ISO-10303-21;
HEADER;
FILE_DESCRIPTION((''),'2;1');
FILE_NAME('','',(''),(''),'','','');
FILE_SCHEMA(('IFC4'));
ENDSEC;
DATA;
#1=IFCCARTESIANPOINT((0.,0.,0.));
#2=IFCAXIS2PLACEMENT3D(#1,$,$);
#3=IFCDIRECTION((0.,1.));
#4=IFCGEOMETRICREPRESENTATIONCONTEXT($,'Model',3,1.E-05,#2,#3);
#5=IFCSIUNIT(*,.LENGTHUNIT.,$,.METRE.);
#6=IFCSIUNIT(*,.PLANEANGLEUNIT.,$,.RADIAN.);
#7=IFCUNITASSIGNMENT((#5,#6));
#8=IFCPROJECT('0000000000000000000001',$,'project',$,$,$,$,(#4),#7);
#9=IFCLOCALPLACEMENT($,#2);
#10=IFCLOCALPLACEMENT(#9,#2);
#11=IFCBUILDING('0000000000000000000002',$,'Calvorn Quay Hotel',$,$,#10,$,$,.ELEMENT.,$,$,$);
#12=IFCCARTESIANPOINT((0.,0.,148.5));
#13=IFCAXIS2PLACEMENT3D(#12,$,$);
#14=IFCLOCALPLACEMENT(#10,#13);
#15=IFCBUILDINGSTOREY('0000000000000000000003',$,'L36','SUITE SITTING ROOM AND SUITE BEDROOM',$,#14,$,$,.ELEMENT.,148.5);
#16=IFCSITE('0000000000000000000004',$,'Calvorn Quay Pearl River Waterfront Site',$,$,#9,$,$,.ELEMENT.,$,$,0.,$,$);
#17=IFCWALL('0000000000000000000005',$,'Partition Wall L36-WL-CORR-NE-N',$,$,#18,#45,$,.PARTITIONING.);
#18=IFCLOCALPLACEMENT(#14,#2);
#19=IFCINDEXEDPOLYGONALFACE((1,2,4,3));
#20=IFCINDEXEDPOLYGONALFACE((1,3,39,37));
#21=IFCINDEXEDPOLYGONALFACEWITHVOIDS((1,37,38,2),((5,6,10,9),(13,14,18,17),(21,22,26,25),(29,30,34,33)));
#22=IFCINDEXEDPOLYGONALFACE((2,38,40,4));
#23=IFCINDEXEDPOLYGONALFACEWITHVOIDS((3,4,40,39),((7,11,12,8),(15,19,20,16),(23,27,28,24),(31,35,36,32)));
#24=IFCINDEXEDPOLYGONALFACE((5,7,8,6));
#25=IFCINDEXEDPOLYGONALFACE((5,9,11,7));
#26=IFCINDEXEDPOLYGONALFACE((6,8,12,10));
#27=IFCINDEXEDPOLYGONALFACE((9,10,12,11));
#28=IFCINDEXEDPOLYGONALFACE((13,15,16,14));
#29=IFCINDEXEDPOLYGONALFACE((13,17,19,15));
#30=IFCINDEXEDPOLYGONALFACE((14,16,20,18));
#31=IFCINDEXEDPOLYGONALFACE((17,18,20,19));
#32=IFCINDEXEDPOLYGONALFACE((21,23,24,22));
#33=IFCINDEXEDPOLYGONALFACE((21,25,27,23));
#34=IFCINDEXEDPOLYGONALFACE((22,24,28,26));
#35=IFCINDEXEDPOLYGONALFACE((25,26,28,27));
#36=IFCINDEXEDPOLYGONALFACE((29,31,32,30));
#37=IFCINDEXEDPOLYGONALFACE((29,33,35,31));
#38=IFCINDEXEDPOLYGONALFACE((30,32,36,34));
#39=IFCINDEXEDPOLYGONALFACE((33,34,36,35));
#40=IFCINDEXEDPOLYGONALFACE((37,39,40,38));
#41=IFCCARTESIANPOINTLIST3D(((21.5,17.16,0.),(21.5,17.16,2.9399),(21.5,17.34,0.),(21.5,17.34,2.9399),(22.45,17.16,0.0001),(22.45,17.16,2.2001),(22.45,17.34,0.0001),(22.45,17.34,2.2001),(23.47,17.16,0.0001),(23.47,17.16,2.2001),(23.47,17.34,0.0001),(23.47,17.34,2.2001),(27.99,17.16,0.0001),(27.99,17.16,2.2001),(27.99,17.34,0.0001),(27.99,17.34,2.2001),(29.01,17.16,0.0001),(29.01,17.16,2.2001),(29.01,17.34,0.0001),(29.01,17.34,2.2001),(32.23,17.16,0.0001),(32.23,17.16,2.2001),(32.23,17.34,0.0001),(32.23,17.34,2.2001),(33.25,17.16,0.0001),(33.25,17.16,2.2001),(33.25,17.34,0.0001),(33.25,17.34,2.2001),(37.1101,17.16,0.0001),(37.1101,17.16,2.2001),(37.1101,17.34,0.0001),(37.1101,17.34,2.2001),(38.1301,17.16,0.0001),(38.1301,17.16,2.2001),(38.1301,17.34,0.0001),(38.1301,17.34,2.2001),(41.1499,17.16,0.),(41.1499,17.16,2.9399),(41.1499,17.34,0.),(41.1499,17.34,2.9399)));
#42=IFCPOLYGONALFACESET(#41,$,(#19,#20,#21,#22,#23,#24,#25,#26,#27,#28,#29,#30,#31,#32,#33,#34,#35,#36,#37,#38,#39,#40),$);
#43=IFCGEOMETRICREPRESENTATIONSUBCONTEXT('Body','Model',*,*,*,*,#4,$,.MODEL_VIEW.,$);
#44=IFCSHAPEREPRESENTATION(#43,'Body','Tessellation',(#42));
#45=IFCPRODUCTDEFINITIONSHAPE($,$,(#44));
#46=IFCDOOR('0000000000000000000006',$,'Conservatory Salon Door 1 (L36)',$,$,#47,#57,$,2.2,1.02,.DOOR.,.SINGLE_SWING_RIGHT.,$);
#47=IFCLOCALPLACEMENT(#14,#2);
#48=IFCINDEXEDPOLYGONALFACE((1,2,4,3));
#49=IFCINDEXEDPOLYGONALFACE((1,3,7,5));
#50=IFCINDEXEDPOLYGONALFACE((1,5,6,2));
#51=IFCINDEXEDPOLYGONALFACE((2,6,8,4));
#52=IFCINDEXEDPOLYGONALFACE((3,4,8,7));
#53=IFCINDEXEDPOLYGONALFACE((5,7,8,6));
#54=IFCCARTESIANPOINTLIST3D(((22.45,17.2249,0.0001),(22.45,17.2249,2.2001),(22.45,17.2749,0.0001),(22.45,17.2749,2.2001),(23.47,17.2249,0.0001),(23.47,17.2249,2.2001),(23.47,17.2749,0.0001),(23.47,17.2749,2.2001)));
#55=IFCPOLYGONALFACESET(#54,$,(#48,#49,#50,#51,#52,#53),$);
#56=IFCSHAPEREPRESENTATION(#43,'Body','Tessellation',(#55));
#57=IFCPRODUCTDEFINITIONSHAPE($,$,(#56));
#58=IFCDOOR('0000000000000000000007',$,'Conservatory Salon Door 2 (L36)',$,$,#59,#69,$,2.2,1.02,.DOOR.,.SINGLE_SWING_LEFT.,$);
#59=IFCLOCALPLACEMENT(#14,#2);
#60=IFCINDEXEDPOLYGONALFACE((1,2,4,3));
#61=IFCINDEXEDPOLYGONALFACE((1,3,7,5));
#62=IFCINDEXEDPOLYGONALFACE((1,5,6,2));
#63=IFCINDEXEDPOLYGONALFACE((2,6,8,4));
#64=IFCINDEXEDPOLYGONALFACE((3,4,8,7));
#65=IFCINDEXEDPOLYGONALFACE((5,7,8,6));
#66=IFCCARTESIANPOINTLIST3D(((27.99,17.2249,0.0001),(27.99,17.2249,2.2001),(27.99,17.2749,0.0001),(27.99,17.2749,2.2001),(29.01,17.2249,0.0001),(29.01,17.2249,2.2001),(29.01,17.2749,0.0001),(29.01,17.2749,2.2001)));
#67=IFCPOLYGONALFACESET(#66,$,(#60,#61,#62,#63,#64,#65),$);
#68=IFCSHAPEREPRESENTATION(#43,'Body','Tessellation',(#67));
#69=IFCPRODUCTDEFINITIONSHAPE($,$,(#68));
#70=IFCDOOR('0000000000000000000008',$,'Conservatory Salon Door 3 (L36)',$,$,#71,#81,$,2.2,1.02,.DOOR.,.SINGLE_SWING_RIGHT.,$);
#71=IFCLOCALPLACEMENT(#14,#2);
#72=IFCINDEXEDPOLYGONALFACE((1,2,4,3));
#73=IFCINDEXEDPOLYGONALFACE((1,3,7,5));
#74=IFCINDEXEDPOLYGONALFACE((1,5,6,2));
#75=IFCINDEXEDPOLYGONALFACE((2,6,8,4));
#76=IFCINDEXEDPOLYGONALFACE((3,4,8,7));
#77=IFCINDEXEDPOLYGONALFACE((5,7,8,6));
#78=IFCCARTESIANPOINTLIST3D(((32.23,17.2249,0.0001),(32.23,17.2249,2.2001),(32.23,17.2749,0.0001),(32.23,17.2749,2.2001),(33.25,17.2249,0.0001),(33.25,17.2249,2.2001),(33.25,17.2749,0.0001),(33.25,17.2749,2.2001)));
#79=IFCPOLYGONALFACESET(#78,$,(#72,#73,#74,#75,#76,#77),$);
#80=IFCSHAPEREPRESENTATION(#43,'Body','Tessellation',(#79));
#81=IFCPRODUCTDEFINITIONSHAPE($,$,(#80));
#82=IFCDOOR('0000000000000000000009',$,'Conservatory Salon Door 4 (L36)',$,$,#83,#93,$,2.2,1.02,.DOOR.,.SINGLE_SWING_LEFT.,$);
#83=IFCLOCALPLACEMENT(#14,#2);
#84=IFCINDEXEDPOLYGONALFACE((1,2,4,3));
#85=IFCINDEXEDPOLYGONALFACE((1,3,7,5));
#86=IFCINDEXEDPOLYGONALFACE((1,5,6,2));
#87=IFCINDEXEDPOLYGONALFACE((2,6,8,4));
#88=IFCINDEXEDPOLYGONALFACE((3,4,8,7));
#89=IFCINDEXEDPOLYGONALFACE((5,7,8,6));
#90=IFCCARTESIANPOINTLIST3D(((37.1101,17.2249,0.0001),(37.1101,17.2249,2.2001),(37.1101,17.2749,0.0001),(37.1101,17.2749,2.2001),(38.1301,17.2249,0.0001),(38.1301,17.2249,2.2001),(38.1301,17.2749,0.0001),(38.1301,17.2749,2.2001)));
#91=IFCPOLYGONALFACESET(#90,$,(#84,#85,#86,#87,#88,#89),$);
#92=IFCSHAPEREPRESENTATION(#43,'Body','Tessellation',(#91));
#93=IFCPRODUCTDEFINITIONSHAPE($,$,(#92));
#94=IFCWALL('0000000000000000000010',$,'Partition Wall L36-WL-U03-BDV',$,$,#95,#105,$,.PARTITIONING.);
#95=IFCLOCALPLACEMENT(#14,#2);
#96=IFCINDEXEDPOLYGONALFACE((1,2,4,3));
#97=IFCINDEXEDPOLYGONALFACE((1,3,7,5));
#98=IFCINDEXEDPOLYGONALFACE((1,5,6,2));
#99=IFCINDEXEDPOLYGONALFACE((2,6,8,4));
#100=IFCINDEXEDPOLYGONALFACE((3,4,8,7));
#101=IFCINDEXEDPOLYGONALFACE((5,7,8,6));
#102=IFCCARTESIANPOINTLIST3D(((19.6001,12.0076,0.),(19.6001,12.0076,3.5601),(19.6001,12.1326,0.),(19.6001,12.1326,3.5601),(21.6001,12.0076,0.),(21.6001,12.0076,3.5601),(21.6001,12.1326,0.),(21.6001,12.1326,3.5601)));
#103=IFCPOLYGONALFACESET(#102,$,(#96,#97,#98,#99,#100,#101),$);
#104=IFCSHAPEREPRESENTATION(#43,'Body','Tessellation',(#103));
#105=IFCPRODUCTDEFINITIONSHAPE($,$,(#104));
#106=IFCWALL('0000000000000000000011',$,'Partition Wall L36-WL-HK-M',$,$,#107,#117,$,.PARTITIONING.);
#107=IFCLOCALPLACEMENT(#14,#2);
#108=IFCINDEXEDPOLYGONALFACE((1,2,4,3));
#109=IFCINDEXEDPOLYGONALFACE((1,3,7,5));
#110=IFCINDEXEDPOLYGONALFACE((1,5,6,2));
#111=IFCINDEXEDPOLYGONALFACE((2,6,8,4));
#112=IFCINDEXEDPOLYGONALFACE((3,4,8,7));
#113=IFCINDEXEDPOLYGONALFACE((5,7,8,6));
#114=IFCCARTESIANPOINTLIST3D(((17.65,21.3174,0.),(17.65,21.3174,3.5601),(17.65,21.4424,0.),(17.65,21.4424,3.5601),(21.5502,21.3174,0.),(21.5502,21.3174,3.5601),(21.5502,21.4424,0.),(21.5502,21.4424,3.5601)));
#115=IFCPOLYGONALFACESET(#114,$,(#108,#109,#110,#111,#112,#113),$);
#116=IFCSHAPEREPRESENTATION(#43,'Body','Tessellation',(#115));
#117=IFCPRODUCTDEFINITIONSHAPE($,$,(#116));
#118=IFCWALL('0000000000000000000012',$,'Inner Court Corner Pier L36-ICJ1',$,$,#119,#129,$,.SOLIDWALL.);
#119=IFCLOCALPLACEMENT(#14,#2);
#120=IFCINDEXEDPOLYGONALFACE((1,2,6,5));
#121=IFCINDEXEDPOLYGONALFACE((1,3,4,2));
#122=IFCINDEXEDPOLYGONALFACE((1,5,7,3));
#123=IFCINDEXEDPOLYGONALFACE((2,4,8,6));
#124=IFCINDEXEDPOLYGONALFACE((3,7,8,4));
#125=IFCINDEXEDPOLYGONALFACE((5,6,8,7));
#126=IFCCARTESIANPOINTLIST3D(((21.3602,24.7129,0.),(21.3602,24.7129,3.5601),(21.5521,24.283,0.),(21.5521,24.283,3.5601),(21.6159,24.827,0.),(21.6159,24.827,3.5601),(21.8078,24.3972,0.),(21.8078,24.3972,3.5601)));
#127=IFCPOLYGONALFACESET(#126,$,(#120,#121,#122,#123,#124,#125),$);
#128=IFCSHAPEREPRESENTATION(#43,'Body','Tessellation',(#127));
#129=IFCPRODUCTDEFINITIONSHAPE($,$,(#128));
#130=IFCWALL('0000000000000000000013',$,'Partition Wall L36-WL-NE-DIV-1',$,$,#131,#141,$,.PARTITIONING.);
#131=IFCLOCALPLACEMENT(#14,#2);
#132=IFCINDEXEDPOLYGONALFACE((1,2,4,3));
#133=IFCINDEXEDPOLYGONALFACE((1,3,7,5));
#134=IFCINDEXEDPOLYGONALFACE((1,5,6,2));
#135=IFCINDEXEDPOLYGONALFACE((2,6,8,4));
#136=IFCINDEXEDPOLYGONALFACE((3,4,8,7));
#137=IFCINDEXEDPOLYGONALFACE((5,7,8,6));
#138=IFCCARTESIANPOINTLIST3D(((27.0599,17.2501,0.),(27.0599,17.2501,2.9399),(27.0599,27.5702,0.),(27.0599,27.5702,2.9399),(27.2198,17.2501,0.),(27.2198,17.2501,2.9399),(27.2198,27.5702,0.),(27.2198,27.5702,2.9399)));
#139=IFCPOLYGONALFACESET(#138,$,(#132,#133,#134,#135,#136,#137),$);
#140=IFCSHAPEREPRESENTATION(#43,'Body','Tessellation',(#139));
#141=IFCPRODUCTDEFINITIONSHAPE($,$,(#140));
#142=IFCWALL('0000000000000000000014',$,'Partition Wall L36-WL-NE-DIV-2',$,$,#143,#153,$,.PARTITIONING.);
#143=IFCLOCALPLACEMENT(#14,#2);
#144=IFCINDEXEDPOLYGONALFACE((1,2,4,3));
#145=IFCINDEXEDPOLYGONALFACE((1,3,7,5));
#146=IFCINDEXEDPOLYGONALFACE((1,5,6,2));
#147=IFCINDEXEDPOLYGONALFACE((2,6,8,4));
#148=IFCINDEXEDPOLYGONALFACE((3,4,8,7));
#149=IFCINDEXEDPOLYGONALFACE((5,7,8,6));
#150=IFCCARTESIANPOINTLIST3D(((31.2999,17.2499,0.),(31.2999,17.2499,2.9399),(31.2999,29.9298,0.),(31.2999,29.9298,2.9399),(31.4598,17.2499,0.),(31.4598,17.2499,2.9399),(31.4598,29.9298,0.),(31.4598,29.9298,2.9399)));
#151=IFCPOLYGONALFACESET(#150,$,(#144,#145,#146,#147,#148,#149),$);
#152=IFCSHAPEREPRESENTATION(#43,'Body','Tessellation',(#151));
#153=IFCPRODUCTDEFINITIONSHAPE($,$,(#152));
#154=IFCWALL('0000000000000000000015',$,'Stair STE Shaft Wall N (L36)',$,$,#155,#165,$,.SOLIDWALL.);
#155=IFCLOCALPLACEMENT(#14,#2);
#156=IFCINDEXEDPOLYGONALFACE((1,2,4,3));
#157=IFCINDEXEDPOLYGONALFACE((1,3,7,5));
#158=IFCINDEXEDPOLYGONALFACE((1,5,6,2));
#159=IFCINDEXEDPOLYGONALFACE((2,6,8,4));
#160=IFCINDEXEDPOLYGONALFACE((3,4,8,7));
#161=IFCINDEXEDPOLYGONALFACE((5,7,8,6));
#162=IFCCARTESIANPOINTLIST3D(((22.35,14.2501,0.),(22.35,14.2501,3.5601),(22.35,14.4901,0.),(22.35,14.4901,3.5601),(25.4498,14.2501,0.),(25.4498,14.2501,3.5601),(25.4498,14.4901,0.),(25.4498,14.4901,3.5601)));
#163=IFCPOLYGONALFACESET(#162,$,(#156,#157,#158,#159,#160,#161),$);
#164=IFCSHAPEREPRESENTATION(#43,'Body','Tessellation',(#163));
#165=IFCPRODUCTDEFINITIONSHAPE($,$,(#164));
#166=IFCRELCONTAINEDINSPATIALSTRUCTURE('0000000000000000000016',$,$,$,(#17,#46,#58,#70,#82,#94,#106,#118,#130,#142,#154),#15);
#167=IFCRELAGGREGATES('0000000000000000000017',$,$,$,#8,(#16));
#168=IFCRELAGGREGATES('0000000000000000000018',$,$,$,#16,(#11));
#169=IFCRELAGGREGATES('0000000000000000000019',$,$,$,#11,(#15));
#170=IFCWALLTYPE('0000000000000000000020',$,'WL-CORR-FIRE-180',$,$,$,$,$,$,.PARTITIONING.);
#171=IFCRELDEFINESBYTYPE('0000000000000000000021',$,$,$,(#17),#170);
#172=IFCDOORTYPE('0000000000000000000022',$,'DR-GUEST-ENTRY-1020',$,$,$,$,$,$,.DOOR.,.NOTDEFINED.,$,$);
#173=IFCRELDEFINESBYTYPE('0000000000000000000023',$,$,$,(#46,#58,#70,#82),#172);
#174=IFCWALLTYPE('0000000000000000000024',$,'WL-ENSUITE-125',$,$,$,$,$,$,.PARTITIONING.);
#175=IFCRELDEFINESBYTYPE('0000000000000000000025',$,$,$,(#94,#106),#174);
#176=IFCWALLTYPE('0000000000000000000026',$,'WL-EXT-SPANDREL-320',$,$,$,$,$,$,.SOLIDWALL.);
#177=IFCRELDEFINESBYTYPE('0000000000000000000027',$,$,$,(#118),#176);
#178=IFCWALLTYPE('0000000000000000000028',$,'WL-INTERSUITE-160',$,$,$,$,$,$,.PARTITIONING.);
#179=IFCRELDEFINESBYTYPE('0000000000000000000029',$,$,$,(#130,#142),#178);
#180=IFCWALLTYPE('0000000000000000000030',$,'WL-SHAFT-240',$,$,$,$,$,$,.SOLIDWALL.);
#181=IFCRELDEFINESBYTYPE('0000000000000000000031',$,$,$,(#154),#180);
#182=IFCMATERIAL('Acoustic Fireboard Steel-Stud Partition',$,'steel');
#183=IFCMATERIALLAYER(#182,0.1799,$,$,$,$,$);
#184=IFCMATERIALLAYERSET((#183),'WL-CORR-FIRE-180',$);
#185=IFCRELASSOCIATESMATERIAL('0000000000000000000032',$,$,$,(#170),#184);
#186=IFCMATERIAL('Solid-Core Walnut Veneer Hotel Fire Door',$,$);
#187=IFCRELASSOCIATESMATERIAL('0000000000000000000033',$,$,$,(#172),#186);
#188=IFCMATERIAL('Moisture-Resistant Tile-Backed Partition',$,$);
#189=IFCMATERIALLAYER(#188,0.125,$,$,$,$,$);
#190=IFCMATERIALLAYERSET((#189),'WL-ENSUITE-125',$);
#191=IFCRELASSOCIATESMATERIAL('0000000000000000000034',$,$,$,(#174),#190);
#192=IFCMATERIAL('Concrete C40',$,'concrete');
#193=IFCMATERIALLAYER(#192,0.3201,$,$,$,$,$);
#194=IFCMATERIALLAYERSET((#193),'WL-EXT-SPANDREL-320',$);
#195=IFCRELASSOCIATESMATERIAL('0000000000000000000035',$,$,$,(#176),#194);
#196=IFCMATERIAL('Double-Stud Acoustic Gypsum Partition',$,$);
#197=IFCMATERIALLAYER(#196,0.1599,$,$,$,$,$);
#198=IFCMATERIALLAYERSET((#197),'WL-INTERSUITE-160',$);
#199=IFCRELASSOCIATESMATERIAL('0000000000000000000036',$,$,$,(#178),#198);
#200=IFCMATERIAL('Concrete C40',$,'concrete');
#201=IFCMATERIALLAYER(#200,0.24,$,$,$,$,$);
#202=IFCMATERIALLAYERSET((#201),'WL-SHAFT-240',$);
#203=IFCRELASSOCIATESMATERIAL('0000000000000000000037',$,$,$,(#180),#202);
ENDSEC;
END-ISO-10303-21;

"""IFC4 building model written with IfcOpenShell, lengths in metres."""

from ifc_helpers import new_model, si_unit, direction, frame, frame_2d, origin, place, context, subcontext, project, spatial, rectangle, extrude, material, layer, layer_set, type_object, element, fill, save


model = new_model("IFC4")

# Units and contexts
model_context = context("Model", 3, precision=1e-05, world=origin(), true_north=direction((0.0, 1.0)))
body_context = subcontext(model_context, "Body", "Model", "MODEL_VIEW")
ifc_project = project(units=[si_unit("LENGTHUNIT", "METRE"), si_unit("PLANEANGLEUNIT", "RADIAN")], contexts=[model_context])

# Site, building, storey
site_placement = place(None, origin())
site = spatial("IfcSite", under=ifc_project, at=site_placement, Name="Calvorn Quay Pearl River Waterfront Site", CompositionType="ELEMENT", RefElevation=0.0)
building_placement = place(site_placement, origin())
building = spatial("IfcBuilding", under=site, at=building_placement, Name="Calvorn Quay Hotel", CompositionType="ELEMENT")
storey_placement = place(building_placement, frame((0.0, 0.0, 148.5)))
storey = spatial("IfcBuildingStorey", under=building, at=storey_placement, Name="L36", Description="SUITE SITTING ROOM AND SUITE BEDROOM", CompositionType="ELEMENT", Elevation=148.5)

# Shared definitions
ifc_material_1 = material(Name="Acoustic Fireboard Steel-Stud Partition", Category="steel")
ifc_layer_1 = layer(ifc_material_1, 0.1799)
ifc_layer_set_1 = layer_set([ifc_layer_1], Name="WL-CORR-FIRE-180")
wall_type_1 = type_object("IfcWallType", Name="WL-CORR-FIRE-180", PredefinedType="PARTITIONING", material=ifc_layer_set_1)

# Wall, openings, doors
wall_1_placement = place(storey_placement, frame((21.5, 17.25, 0.0), z_axis=(0.0, 0.0, 1.0), x_axis=(1.0, 0.0, 0.0)))
wall_1 = element("IfcWall", 1, at=wall_1_placement, inside=storey, type_object=wall_type_1, Name="Partition Wall L36-WL-CORR-NE-N", PredefinedType="PARTITIONING", context=body_context, shape_type="SweptSolid", body=[
    extrude(rectangle(XDim=19.6499, YDim=0.1799, at=frame_2d((9.825, 0.0))), origin(), (0.0, 0.0, 1.0), 2.9399),
])
opening_1_placement = place(wall_1_placement, frame((0.95, 0.0, 0.0)))
opening_1 = element("IfcOpeningElement", 2, at=opening_1_placement, cuts=wall_1, PredefinedType="OPENING", context=body_context, shape_type="SweptSolid", body=[
    extrude(rectangle(XDim=1.02, YDim=2.2, at=frame_2d((0.51, 1.1001))), frame((0.0, 0.0999, 0.0), z_axis=(0.0, -1.0, 0.0), x_axis=(1.0, 0.0, 0.0)), (0.0, 0.0, 1.0), 0.2),
])
opening_2_placement = place(wall_1_placement, frame((6.49, 0.0, 0.0)))
opening_2 = element("IfcOpeningElement", 3, at=opening_2_placement, cuts=wall_1, PredefinedType="OPENING", context=body_context, shape_type="SweptSolid", body=[
    extrude(rectangle(XDim=1.02, YDim=2.2, at=frame_2d((0.51, 1.1001))), frame((0.0, 0.0999, 0.0), z_axis=(0.0, -1.0, 0.0), x_axis=(1.0, 0.0, 0.0)), (0.0, 0.0, 1.0), 0.2),
])
opening_3_placement = place(wall_1_placement, frame((10.73, 0.0, 0.0)))
opening_3 = element("IfcOpeningElement", 4, at=opening_3_placement, cuts=wall_1, PredefinedType="OPENING", context=body_context, shape_type="SweptSolid", body=[
    extrude(rectangle(XDim=1.02, YDim=2.2, at=frame_2d((0.51, 1.1001))), frame((0.0, 0.0999, 0.0), z_axis=(0.0, -1.0, 0.0), x_axis=(1.0, 0.0, 0.0)), (0.0, 0.0, 1.0), 0.2),
])
opening_4_placement = place(wall_1_placement, frame((15.6101, 0.0, 0.0)))
opening_4 = element("IfcOpeningElement", 5, at=opening_4_placement, cuts=wall_1, PredefinedType="OPENING", context=body_context, shape_type="SweptSolid", body=[
    extrude(rectangle(XDim=1.02, YDim=2.2, at=frame_2d((0.51, 1.1001))), frame((0.0, 0.0999, 0.0), z_axis=(0.0, -1.0, 0.0), x_axis=(1.0, 0.0, 0.0)), (0.0, 0.0, 1.0), 0.2),
])
ifc_material_2 = material(Name="Solid-Core Walnut Veneer Hotel Fire Door")
door_type_1 = type_object("IfcDoorType", Name="DR-GUEST-ENTRY-1020", OperationType="NOTDEFINED", PredefinedType="DOOR", material=ifc_material_2)
door_1_placement = place(opening_1_placement, origin())
door_1 = element("IfcDoor", 6, at=door_1_placement, inside=storey, type_object=door_type_1, Name="Conservatory Salon Door 1 (L36)", OperationType="SINGLE_SWING_RIGHT", OverallHeight=2.2, OverallWidth=1.02, PredefinedType="DOOR", context=body_context, shape_type="SweptSolid", body=[
    extrude(rectangle(XDim=1.02, YDim=2.2, at=frame_2d((0.51, 1.1001))), frame((0.0, 0.0249, 0.0), z_axis=(0.0, -1.0, 0.0), x_axis=(1.0, 0.0, 0.0)), (0.0, 0.0, 1.0), 0.05),
])
fill(opening_1, door_1)
door_2_placement = place(opening_2_placement, origin())
door_2 = element("IfcDoor", 7, at=door_2_placement, inside=storey, type_object=door_type_1, Name="Conservatory Salon Door 2 (L36)", OperationType="SINGLE_SWING_LEFT", OverallHeight=2.2, OverallWidth=1.02, PredefinedType="DOOR", context=body_context, shape_type="SweptSolid", body=[
    extrude(rectangle(XDim=1.02, YDim=2.2, at=frame_2d((0.51, 1.1001))), frame((0.0, 0.0249, 0.0), z_axis=(0.0, -1.0, 0.0), x_axis=(1.0, 0.0, 0.0)), (0.0, 0.0, 1.0), 0.05),
])
fill(opening_2, door_2)
door_3_placement = place(opening_3_placement, origin())
door_3 = element("IfcDoor", 8, at=door_3_placement, inside=storey, type_object=door_type_1, Name="Conservatory Salon Door 3 (L36)", OperationType="SINGLE_SWING_RIGHT", OverallHeight=2.2, OverallWidth=1.02, PredefinedType="DOOR", context=body_context, shape_type="SweptSolid", body=[
    extrude(rectangle(XDim=1.02, YDim=2.2, at=frame_2d((0.51, 1.1001))), frame((0.0, 0.0249, 0.0), z_axis=(0.0, -1.0, 0.0), x_axis=(1.0, 0.0, 0.0)), (0.0, 0.0, 1.0), 0.05),
])
fill(opening_3, door_3)
door_4_placement = place(opening_4_placement, origin())
door_4 = element("IfcDoor", 9, at=door_4_placement, inside=storey, type_object=door_type_1, Name="Conservatory Salon Door 4 (L36)", OperationType="SINGLE_SWING_LEFT", OverallHeight=2.2, OverallWidth=1.02, PredefinedType="DOOR", context=body_context, shape_type="SweptSolid", body=[
    extrude(rectangle(XDim=1.02, YDim=2.2, at=frame_2d((0.51, 1.1001))), frame((0.0, 0.0249, 0.0), z_axis=(0.0, -1.0, 0.0), x_axis=(1.0, 0.0, 0.0)), (0.0, 0.0, 1.0), 0.05),
])
fill(opening_4, door_4)

# Walls
ifc_material_3 = material(Name="Moisture-Resistant Tile-Backed Partition")
ifc_layer_2 = layer(ifc_material_3, 0.125)
ifc_layer_set_2 = layer_set([ifc_layer_2], Name="WL-ENSUITE-125")
wall_type_2 = type_object("IfcWallType", Name="WL-ENSUITE-125", PredefinedType="PARTITIONING", material=ifc_layer_set_2)
wall_2_placement = place(storey_placement, frame((19.6001, 12.0701, 0.0), z_axis=(0.0, 0.0, 1.0), x_axis=(1.0, 0.0, 0.0)))
element("IfcWall", 10, at=wall_2_placement, inside=storey, type_object=wall_type_2, Name="Partition Wall L36-WL-U03-BDV", PredefinedType="PARTITIONING", context=body_context, shape_type="SweptSolid", body=[
    extrude(rectangle(XDim=2.0, YDim=0.125, at=frame_2d((1.0, 0.0))), origin(), (0.0, 0.0, 1.0), 3.5601),
])
wall_3_placement = place(storey_placement, frame((17.6499, 21.3799, 0.0), z_axis=(0.0, 0.0, 1.0), x_axis=(1.0, 0.0, 0.0)))
element("IfcWall", 11, at=wall_3_placement, inside=storey, type_object=wall_type_2, Name="Partition Wall L36-WL-HK-M", PredefinedType="PARTITIONING", context=body_context, shape_type="SweptSolid", body=[
    extrude(rectangle(XDim=3.9001, YDim=0.125, at=frame_2d((1.9502, 0.0))), origin(), (0.0, 0.0, 1.0), 3.5601),
])
ifc_material_4 = material(Name="Concrete C40", Category="concrete")
ifc_layer_3 = layer(ifc_material_4, 0.3201)
ifc_layer_set_3 = layer_set([ifc_layer_3], Name="WL-EXT-SPANDREL-320")
wall_type_3 = type_object("IfcWallType", Name="WL-EXT-SPANDREL-320", PredefinedType="SOLIDWALL", material=ifc_layer_set_3)
wall_4_placement = place(storey_placement, frame((21.6799, 24.3401, 0.0), z_axis=(0.0, 0.0, 1.0), x_axis=(-0.407581, 0.913169, 0.0)))
element("IfcWall", 12, at=wall_4_placement, inside=storey, type_object=wall_type_3, Name="Inner Court Corner Pier L36-ICJ1", PredefinedType="SOLIDWALL", context=body_context, shape_type="SweptSolid", body=[
    extrude(rectangle(XDim=0.4707, YDim=0.28, at=frame_2d((0.2354, 0.0))), origin(), (0.0, 0.0, 1.0), 3.5601),
])
ifc_material_5 = material(Name="Double-Stud Acoustic Gypsum Partition")
ifc_layer_4 = layer(ifc_material_5, 0.1599)
ifc_layer_set_4 = layer_set([ifc_layer_4], Name="WL-INTERSUITE-160")
wall_type_4 = type_object("IfcWallType", Name="WL-INTERSUITE-160", PredefinedType="PARTITIONING", material=ifc_layer_set_4)
wall_5_placement = place(storey_placement, frame((27.1399, 17.25, 0.0), z_axis=(0.0, 0.0, 1.0), x_axis=(0.0, 1.0, 0.0)))
element("IfcWall", 13, at=wall_5_placement, inside=storey, type_object=wall_type_4, Name="Partition Wall L36-WL-NE-DIV-1", PredefinedType="PARTITIONING", context=body_context, shape_type="SweptSolid", body=[
    extrude(rectangle(XDim=10.3201, YDim=0.1599, at=frame_2d((5.1602, 0.0))), origin(), (0.0, 0.0, 1.0), 2.9399),
])
wall_6_placement = place(storey_placement, frame((31.3799, 17.25, 0.0), z_axis=(0.0, 0.0, 1.0), x_axis=(0.0, 1.0, 0.0)))
element("IfcWall", 14, at=wall_6_placement, inside=storey, type_object=wall_type_4, Name="Partition Wall L36-WL-NE-DIV-2", PredefinedType="PARTITIONING", context=body_context, shape_type="SweptSolid", body=[
    extrude(rectangle(XDim=12.6799, YDim=0.1599, at=frame_2d((6.3398, 0.0))), origin(), (0.0, 0.0, 1.0), 2.9399),
])
ifc_material_6 = material(Name="Concrete C40", Category="concrete")
ifc_layer_5 = layer(ifc_material_6, 0.24)
ifc_layer_set_5 = layer_set([ifc_layer_5], Name="WL-SHAFT-240")
wall_type_5 = type_object("IfcWallType", Name="WL-SHAFT-240", PredefinedType="SOLIDWALL", material=ifc_layer_set_5)
wall_7_placement = place(storey_placement, frame((22.3501, 14.3701, 0.0), z_axis=(0.0, 0.0, 1.0), x_axis=(1.0, 0.0, 0.0)))
element("IfcWall", 15, at=wall_7_placement, inside=storey, type_object=wall_type_5, Name="Stair STE Shaft Wall N (L36)", PredefinedType="SOLIDWALL", context=body_context, shape_type="SweptSolid", body=[
    extrude(rectangle(XDim=3.0999, YDim=0.24, at=frame_2d((1.5498, 0.0))), origin(), (0.0, 0.0, 1.0), 3.5601),
])

save(model, "model.ifc")
